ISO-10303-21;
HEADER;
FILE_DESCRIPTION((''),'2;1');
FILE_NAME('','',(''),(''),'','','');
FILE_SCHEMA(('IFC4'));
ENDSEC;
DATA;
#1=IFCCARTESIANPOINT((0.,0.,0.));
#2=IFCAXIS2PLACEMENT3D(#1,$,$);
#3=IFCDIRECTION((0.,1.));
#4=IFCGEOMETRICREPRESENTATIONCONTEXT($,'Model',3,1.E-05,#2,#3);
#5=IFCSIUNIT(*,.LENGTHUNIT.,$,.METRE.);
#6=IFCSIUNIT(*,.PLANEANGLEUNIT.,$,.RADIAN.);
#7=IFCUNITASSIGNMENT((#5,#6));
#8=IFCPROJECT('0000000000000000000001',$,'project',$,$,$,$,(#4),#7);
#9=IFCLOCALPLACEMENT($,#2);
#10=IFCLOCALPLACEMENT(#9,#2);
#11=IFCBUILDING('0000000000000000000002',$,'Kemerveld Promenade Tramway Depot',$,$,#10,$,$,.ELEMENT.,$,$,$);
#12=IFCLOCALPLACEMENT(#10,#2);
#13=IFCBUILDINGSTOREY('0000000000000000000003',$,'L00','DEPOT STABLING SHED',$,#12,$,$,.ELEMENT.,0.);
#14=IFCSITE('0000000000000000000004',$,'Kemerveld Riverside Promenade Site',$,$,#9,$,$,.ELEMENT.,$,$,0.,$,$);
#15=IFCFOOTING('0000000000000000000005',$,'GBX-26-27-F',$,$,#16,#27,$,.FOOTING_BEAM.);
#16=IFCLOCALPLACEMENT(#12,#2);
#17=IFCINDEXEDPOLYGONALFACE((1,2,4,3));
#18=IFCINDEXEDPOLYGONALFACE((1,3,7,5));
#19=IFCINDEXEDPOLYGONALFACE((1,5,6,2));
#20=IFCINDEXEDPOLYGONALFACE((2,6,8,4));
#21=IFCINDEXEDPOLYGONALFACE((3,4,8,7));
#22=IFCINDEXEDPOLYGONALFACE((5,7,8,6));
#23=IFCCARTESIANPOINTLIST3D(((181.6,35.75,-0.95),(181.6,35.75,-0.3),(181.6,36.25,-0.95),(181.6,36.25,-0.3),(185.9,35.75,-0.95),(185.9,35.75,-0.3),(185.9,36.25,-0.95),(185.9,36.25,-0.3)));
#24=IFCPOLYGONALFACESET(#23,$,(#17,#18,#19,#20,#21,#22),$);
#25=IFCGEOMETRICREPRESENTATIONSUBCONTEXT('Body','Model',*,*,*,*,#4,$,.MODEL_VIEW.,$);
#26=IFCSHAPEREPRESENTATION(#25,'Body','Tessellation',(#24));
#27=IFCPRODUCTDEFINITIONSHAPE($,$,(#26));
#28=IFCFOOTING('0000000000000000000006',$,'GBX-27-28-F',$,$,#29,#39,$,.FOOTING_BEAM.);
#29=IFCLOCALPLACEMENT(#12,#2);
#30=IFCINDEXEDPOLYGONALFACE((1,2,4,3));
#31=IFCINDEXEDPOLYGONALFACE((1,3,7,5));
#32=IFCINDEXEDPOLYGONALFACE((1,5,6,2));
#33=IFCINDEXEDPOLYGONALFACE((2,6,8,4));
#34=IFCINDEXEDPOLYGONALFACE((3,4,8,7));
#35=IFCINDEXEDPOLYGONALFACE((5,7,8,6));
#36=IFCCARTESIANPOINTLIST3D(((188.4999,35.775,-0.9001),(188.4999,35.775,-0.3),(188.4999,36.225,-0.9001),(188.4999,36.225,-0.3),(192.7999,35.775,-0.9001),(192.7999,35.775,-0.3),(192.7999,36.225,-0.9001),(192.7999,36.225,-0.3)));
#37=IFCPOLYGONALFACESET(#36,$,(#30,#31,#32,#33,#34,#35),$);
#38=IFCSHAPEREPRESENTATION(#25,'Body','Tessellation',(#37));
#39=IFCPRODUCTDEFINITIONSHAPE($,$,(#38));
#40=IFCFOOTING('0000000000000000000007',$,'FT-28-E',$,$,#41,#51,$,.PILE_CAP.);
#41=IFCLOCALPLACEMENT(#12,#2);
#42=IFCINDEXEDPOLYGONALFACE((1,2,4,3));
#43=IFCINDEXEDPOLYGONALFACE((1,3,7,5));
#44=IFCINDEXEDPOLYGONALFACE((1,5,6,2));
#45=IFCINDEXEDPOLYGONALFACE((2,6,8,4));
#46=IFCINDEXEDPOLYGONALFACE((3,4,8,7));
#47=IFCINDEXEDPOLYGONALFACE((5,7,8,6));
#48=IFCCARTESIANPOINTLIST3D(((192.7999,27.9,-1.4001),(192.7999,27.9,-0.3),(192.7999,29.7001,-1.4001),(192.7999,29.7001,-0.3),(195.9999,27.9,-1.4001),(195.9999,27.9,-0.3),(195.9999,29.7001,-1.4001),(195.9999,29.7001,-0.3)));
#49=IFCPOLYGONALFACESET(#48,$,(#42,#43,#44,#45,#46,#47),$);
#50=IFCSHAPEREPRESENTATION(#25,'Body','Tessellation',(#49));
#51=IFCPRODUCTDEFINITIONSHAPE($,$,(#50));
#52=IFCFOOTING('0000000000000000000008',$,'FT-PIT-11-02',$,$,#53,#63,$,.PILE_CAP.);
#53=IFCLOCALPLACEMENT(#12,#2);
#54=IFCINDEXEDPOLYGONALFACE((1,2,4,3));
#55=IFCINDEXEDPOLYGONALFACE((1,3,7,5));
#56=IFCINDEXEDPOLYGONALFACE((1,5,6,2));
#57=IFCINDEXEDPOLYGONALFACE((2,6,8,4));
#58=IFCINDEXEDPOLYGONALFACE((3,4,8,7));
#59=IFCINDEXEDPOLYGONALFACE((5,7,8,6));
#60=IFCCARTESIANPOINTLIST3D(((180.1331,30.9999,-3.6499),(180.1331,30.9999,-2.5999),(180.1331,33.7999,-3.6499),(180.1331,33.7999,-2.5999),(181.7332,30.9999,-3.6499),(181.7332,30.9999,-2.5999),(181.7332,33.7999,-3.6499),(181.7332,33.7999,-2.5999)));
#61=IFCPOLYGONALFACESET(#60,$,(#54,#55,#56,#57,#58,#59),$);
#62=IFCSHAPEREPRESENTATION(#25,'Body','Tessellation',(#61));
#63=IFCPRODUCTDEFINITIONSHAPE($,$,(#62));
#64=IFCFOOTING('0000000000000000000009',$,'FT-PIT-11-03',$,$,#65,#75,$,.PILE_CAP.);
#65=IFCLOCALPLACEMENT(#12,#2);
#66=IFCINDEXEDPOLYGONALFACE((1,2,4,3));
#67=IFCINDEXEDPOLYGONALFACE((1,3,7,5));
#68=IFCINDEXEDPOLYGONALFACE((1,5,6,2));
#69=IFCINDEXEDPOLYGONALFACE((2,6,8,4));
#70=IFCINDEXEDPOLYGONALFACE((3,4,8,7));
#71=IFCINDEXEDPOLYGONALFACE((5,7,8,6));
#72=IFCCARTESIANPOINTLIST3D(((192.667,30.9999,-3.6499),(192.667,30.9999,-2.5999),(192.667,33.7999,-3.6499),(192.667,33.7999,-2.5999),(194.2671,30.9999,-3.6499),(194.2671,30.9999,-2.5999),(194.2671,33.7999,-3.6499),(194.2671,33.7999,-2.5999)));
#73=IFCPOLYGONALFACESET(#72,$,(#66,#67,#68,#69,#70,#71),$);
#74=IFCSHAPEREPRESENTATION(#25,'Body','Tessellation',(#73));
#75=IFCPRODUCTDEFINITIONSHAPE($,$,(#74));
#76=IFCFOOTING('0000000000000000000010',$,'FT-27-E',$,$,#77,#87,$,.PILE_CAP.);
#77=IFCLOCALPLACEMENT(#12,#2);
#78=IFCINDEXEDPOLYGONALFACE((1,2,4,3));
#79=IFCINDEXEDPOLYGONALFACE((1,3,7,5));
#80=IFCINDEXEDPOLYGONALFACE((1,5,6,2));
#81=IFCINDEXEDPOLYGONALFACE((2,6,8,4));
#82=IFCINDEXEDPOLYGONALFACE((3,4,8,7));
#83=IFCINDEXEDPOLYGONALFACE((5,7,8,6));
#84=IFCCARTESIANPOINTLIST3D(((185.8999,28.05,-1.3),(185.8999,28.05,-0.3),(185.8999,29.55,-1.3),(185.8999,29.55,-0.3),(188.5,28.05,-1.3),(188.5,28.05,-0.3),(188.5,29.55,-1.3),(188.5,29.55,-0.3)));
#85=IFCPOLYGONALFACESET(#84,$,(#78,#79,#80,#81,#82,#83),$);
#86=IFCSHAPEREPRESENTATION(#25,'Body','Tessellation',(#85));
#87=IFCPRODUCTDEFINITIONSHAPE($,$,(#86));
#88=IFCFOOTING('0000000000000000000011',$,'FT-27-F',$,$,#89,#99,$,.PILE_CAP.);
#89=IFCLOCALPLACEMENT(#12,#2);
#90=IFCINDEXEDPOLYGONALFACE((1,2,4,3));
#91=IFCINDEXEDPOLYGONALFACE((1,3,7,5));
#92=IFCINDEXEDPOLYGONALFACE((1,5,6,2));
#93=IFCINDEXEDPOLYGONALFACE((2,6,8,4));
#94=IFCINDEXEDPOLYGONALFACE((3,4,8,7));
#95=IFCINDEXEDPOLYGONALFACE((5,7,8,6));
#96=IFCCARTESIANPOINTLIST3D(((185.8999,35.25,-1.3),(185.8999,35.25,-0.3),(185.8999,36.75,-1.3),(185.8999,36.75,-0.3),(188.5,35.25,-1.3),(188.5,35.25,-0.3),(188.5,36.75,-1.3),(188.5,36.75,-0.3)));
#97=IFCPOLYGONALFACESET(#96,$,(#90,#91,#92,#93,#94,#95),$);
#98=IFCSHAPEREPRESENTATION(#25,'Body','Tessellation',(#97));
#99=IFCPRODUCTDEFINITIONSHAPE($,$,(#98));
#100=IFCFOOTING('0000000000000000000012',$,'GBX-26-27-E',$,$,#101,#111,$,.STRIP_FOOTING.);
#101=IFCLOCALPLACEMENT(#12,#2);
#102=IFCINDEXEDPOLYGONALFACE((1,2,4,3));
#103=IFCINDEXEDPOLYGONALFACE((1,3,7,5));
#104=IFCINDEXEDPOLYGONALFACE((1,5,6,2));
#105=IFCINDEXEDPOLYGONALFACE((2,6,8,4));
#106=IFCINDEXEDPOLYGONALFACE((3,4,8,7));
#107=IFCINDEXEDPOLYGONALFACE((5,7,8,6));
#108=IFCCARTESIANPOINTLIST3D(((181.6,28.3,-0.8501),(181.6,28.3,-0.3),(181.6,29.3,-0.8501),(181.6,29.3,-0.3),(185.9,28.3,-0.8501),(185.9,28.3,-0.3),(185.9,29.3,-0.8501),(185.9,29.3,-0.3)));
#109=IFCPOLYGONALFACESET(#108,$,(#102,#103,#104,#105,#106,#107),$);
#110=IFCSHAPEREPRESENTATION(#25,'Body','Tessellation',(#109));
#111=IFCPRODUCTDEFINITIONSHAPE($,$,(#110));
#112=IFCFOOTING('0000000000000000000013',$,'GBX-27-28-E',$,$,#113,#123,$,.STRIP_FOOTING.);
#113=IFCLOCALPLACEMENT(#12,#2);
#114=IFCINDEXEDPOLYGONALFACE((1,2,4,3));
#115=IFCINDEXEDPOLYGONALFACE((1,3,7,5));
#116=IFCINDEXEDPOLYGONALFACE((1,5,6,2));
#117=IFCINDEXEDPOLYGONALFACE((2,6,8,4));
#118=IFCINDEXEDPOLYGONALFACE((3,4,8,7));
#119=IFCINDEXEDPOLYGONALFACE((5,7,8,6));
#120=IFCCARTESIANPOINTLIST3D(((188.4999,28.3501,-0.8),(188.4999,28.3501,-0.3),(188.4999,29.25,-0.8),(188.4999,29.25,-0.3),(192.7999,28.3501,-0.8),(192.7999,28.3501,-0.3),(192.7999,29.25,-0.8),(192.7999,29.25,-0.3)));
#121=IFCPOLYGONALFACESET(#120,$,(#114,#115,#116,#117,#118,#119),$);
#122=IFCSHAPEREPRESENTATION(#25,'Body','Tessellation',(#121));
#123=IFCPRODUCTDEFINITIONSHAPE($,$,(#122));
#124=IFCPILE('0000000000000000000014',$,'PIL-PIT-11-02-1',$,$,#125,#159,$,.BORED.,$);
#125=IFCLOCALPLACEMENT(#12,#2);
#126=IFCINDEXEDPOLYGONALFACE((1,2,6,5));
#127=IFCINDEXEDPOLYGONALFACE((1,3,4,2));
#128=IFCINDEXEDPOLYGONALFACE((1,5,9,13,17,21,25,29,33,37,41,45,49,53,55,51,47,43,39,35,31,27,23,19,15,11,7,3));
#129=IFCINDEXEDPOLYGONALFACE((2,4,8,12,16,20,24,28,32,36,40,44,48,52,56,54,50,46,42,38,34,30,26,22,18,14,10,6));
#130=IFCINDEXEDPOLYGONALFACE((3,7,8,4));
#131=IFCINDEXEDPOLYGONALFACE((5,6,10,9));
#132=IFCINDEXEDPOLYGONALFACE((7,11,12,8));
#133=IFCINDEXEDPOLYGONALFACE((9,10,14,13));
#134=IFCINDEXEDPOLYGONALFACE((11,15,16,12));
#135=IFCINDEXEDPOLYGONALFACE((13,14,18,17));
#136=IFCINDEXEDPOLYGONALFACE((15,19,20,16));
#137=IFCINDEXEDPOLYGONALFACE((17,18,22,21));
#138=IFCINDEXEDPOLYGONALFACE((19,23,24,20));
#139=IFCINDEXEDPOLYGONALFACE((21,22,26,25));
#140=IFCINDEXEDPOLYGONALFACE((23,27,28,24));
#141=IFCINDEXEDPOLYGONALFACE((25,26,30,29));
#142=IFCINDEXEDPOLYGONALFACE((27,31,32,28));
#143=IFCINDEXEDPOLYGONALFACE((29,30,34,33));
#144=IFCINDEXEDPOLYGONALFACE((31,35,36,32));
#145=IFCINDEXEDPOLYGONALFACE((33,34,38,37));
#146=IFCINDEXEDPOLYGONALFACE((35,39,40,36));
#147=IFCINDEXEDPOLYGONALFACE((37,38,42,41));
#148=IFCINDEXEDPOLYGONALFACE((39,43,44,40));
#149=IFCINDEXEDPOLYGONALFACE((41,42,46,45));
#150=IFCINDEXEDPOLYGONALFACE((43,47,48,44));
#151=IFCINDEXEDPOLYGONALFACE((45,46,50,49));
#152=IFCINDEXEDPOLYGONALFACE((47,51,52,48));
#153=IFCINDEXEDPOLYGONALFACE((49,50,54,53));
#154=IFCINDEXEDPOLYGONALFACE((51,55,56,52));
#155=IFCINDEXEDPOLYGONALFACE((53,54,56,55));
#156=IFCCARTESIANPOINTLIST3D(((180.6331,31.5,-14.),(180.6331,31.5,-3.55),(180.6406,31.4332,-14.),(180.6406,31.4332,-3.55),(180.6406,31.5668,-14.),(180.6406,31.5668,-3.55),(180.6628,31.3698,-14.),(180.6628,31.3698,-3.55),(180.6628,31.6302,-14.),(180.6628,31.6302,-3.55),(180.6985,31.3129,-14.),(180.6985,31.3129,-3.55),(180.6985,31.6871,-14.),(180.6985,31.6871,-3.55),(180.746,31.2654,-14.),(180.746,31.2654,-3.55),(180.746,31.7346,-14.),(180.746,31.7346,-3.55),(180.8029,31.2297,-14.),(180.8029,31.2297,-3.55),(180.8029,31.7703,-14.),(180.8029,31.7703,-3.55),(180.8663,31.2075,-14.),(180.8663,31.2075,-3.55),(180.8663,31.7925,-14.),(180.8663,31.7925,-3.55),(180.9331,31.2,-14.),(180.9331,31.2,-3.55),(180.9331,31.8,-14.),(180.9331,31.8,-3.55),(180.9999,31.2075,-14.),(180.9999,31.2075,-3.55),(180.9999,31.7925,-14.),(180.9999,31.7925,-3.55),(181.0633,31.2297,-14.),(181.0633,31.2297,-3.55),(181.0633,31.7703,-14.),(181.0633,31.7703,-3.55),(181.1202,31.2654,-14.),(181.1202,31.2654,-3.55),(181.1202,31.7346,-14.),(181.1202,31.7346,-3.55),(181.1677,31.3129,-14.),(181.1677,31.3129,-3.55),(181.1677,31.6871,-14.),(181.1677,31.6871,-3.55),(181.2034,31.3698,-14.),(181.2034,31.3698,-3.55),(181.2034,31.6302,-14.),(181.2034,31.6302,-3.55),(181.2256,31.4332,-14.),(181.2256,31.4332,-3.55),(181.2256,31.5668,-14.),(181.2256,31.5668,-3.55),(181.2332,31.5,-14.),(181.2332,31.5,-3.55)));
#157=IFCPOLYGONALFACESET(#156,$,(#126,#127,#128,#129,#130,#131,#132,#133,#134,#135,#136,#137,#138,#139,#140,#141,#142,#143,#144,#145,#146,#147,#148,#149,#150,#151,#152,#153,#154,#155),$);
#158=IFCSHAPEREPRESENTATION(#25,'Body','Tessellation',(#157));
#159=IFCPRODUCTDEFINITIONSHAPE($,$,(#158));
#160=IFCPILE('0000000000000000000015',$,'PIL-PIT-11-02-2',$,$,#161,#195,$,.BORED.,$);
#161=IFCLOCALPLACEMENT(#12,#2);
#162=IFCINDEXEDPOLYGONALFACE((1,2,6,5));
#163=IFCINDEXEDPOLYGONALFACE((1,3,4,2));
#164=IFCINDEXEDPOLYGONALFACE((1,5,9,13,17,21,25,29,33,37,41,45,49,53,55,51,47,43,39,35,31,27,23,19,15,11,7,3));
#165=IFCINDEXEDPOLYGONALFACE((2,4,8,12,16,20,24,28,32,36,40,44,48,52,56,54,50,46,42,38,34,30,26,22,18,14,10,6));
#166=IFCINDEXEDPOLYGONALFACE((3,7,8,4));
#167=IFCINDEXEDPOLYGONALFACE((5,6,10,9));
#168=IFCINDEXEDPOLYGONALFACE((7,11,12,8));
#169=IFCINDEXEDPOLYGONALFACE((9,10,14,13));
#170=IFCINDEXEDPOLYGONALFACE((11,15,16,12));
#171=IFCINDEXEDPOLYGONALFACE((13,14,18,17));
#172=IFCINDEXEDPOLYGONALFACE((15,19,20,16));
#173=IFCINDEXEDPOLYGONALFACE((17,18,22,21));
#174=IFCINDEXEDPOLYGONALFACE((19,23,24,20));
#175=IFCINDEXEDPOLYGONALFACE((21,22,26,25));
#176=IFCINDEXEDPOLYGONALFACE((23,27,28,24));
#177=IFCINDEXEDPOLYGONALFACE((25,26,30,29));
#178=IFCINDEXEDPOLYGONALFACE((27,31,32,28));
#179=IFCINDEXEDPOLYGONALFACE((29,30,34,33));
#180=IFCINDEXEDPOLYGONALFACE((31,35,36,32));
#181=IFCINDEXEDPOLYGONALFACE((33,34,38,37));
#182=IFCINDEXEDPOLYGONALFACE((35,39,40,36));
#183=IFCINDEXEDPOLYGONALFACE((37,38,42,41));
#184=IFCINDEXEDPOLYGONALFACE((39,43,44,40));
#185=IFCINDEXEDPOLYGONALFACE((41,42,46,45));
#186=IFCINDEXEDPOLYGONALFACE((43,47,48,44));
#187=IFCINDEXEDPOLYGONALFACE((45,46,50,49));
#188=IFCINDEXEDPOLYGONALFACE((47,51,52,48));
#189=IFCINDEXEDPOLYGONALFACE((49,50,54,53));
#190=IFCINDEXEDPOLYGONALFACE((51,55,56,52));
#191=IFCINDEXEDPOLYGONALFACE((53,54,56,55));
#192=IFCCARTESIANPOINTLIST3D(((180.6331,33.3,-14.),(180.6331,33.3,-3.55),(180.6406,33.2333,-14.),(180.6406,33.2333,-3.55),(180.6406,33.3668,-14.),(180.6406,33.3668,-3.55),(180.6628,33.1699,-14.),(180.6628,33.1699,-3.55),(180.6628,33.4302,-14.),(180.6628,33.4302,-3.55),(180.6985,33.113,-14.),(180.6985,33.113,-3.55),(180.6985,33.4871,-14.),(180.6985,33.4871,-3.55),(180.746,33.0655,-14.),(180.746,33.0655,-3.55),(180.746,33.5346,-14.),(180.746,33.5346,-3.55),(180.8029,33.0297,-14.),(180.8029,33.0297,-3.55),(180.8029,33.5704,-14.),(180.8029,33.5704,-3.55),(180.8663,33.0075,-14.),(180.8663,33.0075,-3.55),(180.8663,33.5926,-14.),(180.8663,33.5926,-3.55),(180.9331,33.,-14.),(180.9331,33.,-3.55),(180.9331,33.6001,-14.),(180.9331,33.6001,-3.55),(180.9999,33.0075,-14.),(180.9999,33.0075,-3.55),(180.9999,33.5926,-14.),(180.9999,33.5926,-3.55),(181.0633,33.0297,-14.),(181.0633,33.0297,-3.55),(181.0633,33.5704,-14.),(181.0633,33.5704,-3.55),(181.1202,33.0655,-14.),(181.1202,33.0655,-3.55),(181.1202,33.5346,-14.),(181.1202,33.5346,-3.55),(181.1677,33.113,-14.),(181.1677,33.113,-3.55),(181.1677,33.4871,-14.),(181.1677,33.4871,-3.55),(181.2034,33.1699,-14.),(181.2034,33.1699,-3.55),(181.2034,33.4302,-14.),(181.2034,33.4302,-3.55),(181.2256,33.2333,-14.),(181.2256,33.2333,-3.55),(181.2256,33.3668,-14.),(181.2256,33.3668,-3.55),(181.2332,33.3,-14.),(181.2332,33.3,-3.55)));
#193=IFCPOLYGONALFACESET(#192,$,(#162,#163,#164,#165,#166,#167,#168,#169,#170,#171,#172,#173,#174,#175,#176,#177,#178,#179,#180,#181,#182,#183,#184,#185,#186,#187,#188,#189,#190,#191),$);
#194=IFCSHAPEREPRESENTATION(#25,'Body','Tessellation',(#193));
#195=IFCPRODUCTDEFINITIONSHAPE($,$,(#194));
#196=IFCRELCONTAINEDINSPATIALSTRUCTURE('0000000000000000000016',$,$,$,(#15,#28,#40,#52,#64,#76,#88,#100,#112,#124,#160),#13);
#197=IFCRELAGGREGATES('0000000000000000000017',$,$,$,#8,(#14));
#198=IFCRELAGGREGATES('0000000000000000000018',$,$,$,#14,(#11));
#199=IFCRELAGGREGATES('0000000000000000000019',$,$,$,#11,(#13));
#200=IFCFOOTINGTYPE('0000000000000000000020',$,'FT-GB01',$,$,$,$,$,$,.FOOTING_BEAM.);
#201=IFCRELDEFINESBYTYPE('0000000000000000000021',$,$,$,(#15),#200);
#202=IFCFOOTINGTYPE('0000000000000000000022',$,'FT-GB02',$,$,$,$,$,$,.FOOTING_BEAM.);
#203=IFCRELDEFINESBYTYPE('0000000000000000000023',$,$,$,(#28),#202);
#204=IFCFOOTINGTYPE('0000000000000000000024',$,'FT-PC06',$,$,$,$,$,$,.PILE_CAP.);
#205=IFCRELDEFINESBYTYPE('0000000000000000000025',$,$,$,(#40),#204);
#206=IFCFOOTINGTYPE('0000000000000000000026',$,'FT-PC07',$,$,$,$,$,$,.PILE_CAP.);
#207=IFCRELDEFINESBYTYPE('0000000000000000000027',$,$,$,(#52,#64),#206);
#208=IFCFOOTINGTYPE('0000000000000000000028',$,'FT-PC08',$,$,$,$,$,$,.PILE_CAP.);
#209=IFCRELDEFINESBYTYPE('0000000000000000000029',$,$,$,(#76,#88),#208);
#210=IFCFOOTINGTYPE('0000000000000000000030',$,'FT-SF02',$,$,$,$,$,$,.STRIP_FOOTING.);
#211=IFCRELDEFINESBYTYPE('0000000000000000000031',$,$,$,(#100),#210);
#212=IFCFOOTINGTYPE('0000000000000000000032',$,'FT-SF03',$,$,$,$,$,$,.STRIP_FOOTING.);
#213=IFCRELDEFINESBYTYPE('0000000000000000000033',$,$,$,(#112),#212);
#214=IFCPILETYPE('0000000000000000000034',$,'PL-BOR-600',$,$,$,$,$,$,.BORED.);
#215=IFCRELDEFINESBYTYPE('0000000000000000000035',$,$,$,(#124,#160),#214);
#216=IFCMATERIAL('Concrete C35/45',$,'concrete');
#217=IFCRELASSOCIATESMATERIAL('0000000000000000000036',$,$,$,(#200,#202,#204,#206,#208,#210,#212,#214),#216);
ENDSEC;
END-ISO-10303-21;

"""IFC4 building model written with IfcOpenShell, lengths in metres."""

from ifc_helpers import new_model, si_unit, direction, frame, origin, origin_2d, place, context, subcontext, project, spatial, rectangle, circle, extrude, material, material_profile, profile_set, type_object, element, save


model = new_model("IFC4")

# Units and contexts
model_context = context("Model", 3, precision=1e-05, world=origin(), true_north=direction((0.0, 1.0)))
body_context = subcontext(model_context, "Body", "Model", "MODEL_VIEW")
ifc_project = project(units=[si_unit("LENGTHUNIT", "METRE"), si_unit("PLANEANGLEUNIT", "RADIAN")], contexts=[model_context])

# Site, building, storey
site_placement = place(None, origin())
site = spatial("IfcSite", under=ifc_project, at=site_placement, Name="Kemerveld Riverside Promenade Site", CompositionType="ELEMENT", RefElevation=0.0)
building_placement = place(site_placement, origin())
building = spatial("IfcBuilding", under=site, at=building_placement, Name="Kemerveld Promenade Tramway Depot", CompositionType="ELEMENT")
storey_placement = place(building_placement, origin())
storey = spatial("IfcBuildingStorey", under=building, at=storey_placement, Name="L00", Description="DEPOT STABLING SHED", CompositionType="ELEMENT", Elevation=0.0)

# Footings
ifc_material_1 = material(Name="Concrete C35/45", Category="concrete")
footing_type_1 = type_object("IfcFootingType", Name="FT-GB01", PredefinedType="FOOTING_BEAM", material=ifc_material_1)
footing_1_placement = place(storey_placement, frame((183.75, 36.0, -0.95), z_axis=(0.0, 0.0, 1.0), x_axis=(1.0, 0.0, 0.0)))
element("IfcFooting", 1, at=footing_1_placement, inside=storey, type_object=footing_type_1, Name="GBX-26-27-F", PredefinedType="FOOTING_BEAM", context=body_context, shape_type="SweptSolid", body=[
    extrude(rectangle(XDim=4.3, YDim=0.5, at=origin_2d()), origin(), (0.0, 0.0, 1.0), 0.6499),
])
footing_type_2 = type_object("IfcFootingType", Name="FT-GB02", PredefinedType="FOOTING_BEAM", material=ifc_material_1)
footing_2_placement = place(storey_placement, frame((190.6499, 36.0, -0.9001), z_axis=(0.0, 0.0, 1.0), x_axis=(1.0, 0.0, 0.0)))
element("IfcFooting", 2, at=footing_2_placement, inside=storey, type_object=footing_type_2, Name="GBX-27-28-F", PredefinedType="FOOTING_BEAM", context=body_context, shape_type="SweptSolid", body=[
    extrude(rectangle(XDim=4.3, YDim=0.45, at=origin_2d()), origin(), (0.0, 0.0, 1.0), 0.6001),
])
footing_type_3 = type_object("IfcFootingType", Name="FT-PC06", PredefinedType="PILE_CAP", material=ifc_material_1)
footing_3_placement = place(storey_placement, frame((194.3999, 28.8, -1.4001), z_axis=(0.0, 0.0, 1.0), x_axis=(1.0, 0.0, 0.0)))
element("IfcFooting", 3, at=footing_3_placement, inside=storey, type_object=footing_type_3, Name="FT-28-E", PredefinedType="PILE_CAP", context=body_context, shape_type="SweptSolid", body=[
    extrude(rectangle(XDim=3.2, YDim=1.8, at=origin_2d()), origin(), (0.0, 0.0, 1.0), 1.1001),
])
footing_type_4 = type_object("IfcFootingType", Name="FT-PC07", PredefinedType="PILE_CAP", material=ifc_material_1)
for number, where, z_axis, x_axis, name in (
    (4, (180.9331, 32.3999, -3.6499), (0.0, 0.0, 1.0), (1.0, 0.0, 0.0), "FT-PIT-11-02"),
    (5, (193.467, 32.3999, -3.6499), (0.0, 0.0, 1.0), (1.0, 0.0, 0.0), "FT-PIT-11-03"),
):
    element("IfcFooting", number, at=place(storey_placement, frame(where, z_axis=z_axis, x_axis=x_axis)), inside=storey, type_object=footing_type_4, Name=name, PredefinedType="PILE_CAP", context=body_context, shape_type="SweptSolid", body=[
        extrude(rectangle(XDim=1.6001, YDim=2.8, at=origin_2d()), origin(), (0.0, 0.0, 1.0), 1.05),
    ])
footing_type_5 = type_object("IfcFootingType", Name="FT-PC08", PredefinedType="PILE_CAP", material=ifc_material_1)
for number, where, z_axis, x_axis, name in (
    (6, (187.2, 28.8, -1.3), (0.0, 0.0, 1.0), (1.0, 0.0, 0.0), "FT-27-E"),
    (7, (187.2, 36.0, -1.3), (0.0, 0.0, 1.0), (1.0, 0.0, 0.0), "FT-27-F"),
):
    element("IfcFooting", number, at=place(storey_placement, frame(where, z_axis=z_axis, x_axis=x_axis)), inside=storey, type_object=footing_type_5, Name=name, PredefinedType="PILE_CAP", context=body_context, shape_type="SweptSolid", body=[
        extrude(rectangle(XDim=2.6001, YDim=1.5, at=origin_2d()), origin(), (0.0, 0.0, 1.0), 1.0),
    ])
footing_type_6 = type_object("IfcFootingType", Name="FT-SF02", PredefinedType="STRIP_FOOTING", material=ifc_material_1)
footing_4_placement = place(storey_placement, frame((183.75, 28.8, -0.8501), z_axis=(0.0, 0.0, 1.0), x_axis=(1.0, 0.0, 0.0)))
element("IfcFooting", 8, at=footing_4_placement, inside=storey, type_object=footing_type_6, Name="GBX-26-27-E", PredefinedType="STRIP_FOOTING", context=body_context, shape_type="SweptSolid", body=[
    extrude(rectangle(XDim=4.3, YDim=1.0, at=origin_2d()), origin(), (0.0, 0.0, 1.0), 0.55),
])
footing_type_7 = type_object("IfcFootingType", Name="FT-SF03", PredefinedType="STRIP_FOOTING", material=ifc_material_1)
footing_5_placement = place(storey_placement, frame((190.6499, 28.8, -0.8), z_axis=(0.0, 0.0, 1.0), x_axis=(1.0, 0.0, 0.0)))
element("IfcFooting", 9, at=footing_5_placement, inside=storey, type_object=footing_type_7, Name="GBX-27-28-E", PredefinedType="STRIP_FOOTING", context=body_context, shape_type="SweptSolid", body=[
    extrude(rectangle(XDim=4.3, YDim=0.8999, at=origin_2d()), origin(), (0.0, 0.0, 1.0), 0.5),
])

# Piles
ifc_material_profile_1 = material_profile(ifc_material_1, circle(Radius=0.3, at=origin_2d()), Name="PILE-D600")
ifc_profile_set_1 = profile_set([ifc_material_profile_1], Name="Concrete C35/45")
pile_type_1 = type_object("IfcPileType", Name="PL-BOR-600", PredefinedType="BORED", material=ifc_profile_set_1)
for number, where, z_axis, x_axis, name in (
    (10, (180.9331, 31.5, -3.55), (0.0, 0.0, -1.0), (1.0, 0.0, 0.0), "PIL-PIT-11-02-1"),
    (11, (180.9331, 33.3, -3.55), (0.0, 0.0, -1.0), (1.0, 0.0, 0.0), "PIL-PIT-11-02-2"),
):
    element("IfcPile", number, at=place(storey_placement, frame(where, z_axis=z_axis, x_axis=x_axis)), inside=storey, type_object=pile_type_1, Name=name, PredefinedType="BORED", context=body_context, shape_type="SweptSolid", body=[
        extrude(circle(Radius=0.3, at=origin_2d()), origin(), (0.0, 0.0, 1.0), 10.45),
    ])

save(model, "model.ifc")
